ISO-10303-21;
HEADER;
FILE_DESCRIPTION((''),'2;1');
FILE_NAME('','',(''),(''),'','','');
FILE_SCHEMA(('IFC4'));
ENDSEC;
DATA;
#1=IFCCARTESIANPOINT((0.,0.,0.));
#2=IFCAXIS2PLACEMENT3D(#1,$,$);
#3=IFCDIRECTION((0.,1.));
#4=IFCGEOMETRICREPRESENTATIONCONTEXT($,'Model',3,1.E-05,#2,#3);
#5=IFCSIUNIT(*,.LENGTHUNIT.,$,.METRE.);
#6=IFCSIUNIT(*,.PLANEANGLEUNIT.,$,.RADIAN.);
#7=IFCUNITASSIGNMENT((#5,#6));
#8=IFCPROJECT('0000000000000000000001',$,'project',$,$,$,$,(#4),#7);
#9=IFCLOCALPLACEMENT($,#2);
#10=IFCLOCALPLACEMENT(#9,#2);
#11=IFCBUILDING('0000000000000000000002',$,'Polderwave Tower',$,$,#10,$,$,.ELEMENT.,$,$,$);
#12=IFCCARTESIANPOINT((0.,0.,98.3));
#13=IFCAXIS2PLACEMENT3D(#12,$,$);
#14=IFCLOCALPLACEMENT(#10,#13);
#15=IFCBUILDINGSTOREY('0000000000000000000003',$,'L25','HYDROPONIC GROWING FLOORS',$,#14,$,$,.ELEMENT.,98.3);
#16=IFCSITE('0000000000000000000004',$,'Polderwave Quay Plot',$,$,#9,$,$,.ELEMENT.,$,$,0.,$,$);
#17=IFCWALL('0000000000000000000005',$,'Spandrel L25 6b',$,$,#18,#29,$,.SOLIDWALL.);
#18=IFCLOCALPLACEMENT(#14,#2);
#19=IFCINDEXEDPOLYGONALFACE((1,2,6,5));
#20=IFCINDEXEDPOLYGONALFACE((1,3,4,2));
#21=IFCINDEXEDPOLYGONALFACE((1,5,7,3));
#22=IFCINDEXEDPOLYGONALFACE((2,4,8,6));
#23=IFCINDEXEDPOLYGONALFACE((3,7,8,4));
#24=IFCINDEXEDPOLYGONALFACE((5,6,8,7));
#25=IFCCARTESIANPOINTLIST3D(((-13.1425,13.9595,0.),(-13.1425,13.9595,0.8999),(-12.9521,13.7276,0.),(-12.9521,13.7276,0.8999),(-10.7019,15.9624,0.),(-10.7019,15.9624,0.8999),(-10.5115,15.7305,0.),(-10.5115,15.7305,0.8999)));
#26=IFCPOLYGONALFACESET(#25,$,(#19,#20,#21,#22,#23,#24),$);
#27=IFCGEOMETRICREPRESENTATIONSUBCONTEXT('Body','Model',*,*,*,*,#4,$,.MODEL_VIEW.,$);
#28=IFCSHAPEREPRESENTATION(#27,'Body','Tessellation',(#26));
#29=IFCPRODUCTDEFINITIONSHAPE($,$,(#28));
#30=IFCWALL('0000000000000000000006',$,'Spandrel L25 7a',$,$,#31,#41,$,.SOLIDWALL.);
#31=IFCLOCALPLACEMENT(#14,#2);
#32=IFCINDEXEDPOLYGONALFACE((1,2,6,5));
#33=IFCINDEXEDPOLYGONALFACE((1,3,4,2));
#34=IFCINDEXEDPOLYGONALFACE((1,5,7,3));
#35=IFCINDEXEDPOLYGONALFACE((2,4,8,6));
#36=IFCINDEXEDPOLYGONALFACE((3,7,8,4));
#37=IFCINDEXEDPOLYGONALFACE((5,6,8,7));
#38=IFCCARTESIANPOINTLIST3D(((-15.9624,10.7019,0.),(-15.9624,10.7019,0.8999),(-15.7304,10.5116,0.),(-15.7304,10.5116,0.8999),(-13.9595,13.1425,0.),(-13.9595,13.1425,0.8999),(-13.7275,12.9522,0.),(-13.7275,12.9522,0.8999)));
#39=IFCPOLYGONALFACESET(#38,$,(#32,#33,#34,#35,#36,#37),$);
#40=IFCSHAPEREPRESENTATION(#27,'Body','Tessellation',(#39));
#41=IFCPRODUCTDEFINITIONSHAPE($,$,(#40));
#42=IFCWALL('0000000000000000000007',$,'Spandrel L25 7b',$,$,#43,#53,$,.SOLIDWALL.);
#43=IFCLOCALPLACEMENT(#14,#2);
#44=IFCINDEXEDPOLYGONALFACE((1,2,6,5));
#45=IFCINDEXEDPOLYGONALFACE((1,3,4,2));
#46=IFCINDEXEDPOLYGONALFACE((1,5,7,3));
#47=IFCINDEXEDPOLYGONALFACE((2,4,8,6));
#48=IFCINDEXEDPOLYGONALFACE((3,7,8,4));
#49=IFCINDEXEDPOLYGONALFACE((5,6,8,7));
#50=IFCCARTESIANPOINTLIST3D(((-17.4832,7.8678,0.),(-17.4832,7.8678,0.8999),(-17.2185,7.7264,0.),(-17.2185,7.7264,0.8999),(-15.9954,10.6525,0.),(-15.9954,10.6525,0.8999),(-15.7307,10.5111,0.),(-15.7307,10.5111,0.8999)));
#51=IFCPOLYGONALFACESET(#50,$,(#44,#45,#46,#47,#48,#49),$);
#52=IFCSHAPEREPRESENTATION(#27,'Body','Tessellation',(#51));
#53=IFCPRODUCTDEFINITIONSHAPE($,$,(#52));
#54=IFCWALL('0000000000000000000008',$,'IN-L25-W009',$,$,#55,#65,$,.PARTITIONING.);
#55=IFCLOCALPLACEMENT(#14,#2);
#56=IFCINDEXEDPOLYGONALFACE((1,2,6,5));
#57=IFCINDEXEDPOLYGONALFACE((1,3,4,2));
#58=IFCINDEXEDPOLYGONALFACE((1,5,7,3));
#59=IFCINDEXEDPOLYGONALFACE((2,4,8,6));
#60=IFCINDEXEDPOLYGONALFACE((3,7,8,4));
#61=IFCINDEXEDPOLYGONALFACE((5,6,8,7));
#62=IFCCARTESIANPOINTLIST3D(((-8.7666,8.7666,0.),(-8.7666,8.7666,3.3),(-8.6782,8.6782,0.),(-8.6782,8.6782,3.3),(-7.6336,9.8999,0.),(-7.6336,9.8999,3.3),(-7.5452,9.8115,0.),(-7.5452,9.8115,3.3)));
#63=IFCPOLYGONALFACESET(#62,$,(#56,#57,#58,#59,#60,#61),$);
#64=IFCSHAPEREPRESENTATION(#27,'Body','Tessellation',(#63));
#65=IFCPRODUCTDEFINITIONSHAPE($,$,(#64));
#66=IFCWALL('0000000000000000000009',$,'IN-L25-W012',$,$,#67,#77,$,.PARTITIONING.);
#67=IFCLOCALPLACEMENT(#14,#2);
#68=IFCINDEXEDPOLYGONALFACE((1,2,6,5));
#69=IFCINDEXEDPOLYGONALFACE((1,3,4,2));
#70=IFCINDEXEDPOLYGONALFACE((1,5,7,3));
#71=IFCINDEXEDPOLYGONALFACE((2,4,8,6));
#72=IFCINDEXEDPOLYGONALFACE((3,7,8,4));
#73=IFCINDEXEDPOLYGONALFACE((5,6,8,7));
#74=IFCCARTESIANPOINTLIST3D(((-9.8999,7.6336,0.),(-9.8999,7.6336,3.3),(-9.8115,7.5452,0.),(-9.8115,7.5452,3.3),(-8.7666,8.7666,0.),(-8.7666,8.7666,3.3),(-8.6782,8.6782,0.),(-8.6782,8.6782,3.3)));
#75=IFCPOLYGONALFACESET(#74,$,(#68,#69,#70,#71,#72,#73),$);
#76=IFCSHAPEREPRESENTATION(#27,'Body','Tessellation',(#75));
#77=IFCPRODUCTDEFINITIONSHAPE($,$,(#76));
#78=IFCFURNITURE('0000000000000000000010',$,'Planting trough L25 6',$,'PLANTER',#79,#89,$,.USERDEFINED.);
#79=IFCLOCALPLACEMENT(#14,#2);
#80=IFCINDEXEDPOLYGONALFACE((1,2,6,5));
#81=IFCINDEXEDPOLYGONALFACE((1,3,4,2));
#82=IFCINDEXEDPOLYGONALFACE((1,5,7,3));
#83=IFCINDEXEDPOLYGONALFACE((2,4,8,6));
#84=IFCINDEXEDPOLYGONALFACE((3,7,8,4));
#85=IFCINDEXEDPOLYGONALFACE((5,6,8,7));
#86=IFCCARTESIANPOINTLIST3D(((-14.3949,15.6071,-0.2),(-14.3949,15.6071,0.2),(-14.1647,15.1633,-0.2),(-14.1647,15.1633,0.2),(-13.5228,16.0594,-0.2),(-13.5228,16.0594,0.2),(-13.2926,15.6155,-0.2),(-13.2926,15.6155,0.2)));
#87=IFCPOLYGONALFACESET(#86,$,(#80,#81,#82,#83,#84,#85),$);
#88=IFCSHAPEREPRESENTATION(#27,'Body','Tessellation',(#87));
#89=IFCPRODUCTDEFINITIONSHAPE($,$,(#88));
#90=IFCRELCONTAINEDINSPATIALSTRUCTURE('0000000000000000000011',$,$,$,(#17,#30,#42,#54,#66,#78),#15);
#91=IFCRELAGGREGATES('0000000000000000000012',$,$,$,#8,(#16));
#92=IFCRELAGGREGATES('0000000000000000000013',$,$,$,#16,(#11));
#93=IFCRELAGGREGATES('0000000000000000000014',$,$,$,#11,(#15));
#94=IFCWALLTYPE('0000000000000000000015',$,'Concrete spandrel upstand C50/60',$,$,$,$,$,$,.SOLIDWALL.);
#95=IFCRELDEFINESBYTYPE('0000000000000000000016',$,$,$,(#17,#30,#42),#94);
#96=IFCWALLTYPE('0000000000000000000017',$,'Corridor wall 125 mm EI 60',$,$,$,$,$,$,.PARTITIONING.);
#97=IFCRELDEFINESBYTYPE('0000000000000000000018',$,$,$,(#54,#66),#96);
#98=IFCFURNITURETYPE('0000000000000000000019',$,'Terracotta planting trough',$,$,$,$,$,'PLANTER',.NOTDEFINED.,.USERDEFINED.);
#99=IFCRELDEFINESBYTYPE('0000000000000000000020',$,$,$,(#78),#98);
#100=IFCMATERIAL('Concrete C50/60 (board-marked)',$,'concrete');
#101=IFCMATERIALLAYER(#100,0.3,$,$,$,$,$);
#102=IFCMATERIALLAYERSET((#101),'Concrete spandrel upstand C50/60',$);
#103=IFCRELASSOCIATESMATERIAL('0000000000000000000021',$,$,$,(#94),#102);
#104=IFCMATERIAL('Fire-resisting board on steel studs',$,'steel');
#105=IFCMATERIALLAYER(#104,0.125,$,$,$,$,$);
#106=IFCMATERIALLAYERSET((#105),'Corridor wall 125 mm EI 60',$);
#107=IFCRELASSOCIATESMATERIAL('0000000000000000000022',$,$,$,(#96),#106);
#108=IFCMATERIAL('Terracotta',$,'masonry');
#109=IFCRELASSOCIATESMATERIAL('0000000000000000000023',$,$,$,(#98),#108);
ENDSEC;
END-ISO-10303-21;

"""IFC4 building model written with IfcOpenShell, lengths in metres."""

from ifc_helpers import new_model, si_unit, direction, frame, frame_2d, origin, origin_2d, place, context, subcontext, project, spatial, rectangle, extrude, material, layer, layer_set, type_object, element, save


model = new_model("IFC4")

# Units and contexts
model_context = context("Model", 3, precision=1e-05, world=origin(), true_north=direction((0.0, 1.0)))
body_context = subcontext(model_context, "Body", "Model", "MODEL_VIEW")
ifc_project = project(units=[si_unit("LENGTHUNIT", "METRE"), si_unit("PLANEANGLEUNIT", "RADIAN")], contexts=[model_context])

# Site, building, storey
site_placement = place(None, origin())
site = spatial("IfcSite", under=ifc_project, at=site_placement, Name="Polderwave Quay Plot", CompositionType="ELEMENT", RefElevation=0.0)
building_placement = place(site_placement, origin())
building = spatial("IfcBuilding", under=site, at=building_placement, Name="Polderwave Tower", CompositionType="ELEMENT")
storey_placement = place(building_placement, frame((0.0, 0.0, 98.3)))
storey = spatial("IfcBuildingStorey", under=building, at=storey_placement, Name="L25", Description="HYDROPONIC GROWING FLOORS", CompositionType="ELEMENT", Elevation=98.3)

# Walls
ifc_material_1 = material(Name="Concrete C50/60 (board-marked)", Category="concrete")
ifc_layer_1 = layer(ifc_material_1, 0.3)
ifc_layer_set_1 = layer_set([ifc_layer_1], Name="Concrete spandrel upstand C50/60")
wall_type_1 = type_object("IfcWallType", Name="Concrete spandrel upstand C50/60", PredefinedType="SOLIDWALL", material=ifc_layer_set_1)
for number, where, z_axis, x_axis, name in (
    (1, (-10.6067, 15.8464, 0.0), (0.0, 0.0, 1.0), (-0.773023, -0.634378, 0.0), "Spandrel L25 6b"),
    (2, (-13.8435, 13.0474, 0.0), (0.0, 0.0, 1.0), (-0.634378, -0.773023, 0.0), "Spandrel L25 7a"),
    (3, (-15.863, 10.5818, 0.0), (0.0, 0.0, 1.0), (-0.471238, -0.882006, 0.0), "Spandrel L25 7b"),
):
    element("IfcWall", number, at=place(storey_placement, frame(where, z_axis=z_axis, x_axis=x_axis)), inside=storey, type_object=wall_type_1, Name=name, PredefinedType="SOLIDWALL", context=body_context, shape_type="SweptSolid", body=[
        extrude(rectangle(XDim=3.1572, YDim=0.3, at=frame_2d((1.5786, 0.0))), origin(), (0.0, 0.0, 1.0), 0.8999),
    ])
ifc_material_2 = material(Name="Fire-resisting board on steel studs", Category="steel")
ifc_layer_2 = layer(ifc_material_2, 0.125)
ifc_layer_set_2 = layer_set([ifc_layer_2], Name="Corridor wall 125 mm EI 60")
wall_type_2 = type_object("IfcWallType", Name="Corridor wall 125 mm EI 60", PredefinedType="PARTITIONING", material=ifc_layer_set_2)
for number, where, z_axis, x_axis, name in (
    (4, (-8.7224, 8.7224, 0.0), (0.0, 0.0, 1.0), (0.707031, 0.707183, 0.0), "IN-L25-W009"),
    (5, (-9.8557, 7.5894, 0.0), (0.0, 0.0, 1.0), (0.707183, 0.707031, 0.0), "IN-L25-W012"),
):
    element("IfcWall", number, at=place(storey_placement, frame(where, z_axis=z_axis, x_axis=x_axis)), inside=storey, type_object=wall_type_2, Name=name, PredefinedType="PARTITIONING", context=body_context, shape_type="SweptSolid", body=[
        extrude(rectangle(XDim=1.6025, YDim=0.125, at=frame_2d((0.8013, 0.0))), origin(), (0.0, 0.0, 1.0), 3.3),
    ])

# Furniture
ifc_material_3 = material(Name="Terracotta", Category="masonry")
furniture_type = type_object("IfcFurnitureType", Name="Terracotta planting trough", ElementType="PLANTER", AssemblyPlace="NOTDEFINED", PredefinedType="USERDEFINED", material=ifc_material_3)
furniture_placement = place(storey_placement, frame((-13.8438, 15.6113, -0.2), z_axis=(0.0, 0.0, 1.0), x_axis=(-0.887744, -0.460338, 0.0)))
element("IfcFurniture", 6, at=furniture_placement, inside=storey, type_object=furniture_type, Name="Planting trough L25 6", ObjectType="PLANTER", PredefinedType="USERDEFINED", context=body_context, shape_type="SweptSolid", body=[
    extrude(rectangle(XDim=0.9824, YDim=0.5, at=origin_2d()), origin(), (0.0, 0.0, 1.0), 0.3999),
])

save(model, "model.ifc")
